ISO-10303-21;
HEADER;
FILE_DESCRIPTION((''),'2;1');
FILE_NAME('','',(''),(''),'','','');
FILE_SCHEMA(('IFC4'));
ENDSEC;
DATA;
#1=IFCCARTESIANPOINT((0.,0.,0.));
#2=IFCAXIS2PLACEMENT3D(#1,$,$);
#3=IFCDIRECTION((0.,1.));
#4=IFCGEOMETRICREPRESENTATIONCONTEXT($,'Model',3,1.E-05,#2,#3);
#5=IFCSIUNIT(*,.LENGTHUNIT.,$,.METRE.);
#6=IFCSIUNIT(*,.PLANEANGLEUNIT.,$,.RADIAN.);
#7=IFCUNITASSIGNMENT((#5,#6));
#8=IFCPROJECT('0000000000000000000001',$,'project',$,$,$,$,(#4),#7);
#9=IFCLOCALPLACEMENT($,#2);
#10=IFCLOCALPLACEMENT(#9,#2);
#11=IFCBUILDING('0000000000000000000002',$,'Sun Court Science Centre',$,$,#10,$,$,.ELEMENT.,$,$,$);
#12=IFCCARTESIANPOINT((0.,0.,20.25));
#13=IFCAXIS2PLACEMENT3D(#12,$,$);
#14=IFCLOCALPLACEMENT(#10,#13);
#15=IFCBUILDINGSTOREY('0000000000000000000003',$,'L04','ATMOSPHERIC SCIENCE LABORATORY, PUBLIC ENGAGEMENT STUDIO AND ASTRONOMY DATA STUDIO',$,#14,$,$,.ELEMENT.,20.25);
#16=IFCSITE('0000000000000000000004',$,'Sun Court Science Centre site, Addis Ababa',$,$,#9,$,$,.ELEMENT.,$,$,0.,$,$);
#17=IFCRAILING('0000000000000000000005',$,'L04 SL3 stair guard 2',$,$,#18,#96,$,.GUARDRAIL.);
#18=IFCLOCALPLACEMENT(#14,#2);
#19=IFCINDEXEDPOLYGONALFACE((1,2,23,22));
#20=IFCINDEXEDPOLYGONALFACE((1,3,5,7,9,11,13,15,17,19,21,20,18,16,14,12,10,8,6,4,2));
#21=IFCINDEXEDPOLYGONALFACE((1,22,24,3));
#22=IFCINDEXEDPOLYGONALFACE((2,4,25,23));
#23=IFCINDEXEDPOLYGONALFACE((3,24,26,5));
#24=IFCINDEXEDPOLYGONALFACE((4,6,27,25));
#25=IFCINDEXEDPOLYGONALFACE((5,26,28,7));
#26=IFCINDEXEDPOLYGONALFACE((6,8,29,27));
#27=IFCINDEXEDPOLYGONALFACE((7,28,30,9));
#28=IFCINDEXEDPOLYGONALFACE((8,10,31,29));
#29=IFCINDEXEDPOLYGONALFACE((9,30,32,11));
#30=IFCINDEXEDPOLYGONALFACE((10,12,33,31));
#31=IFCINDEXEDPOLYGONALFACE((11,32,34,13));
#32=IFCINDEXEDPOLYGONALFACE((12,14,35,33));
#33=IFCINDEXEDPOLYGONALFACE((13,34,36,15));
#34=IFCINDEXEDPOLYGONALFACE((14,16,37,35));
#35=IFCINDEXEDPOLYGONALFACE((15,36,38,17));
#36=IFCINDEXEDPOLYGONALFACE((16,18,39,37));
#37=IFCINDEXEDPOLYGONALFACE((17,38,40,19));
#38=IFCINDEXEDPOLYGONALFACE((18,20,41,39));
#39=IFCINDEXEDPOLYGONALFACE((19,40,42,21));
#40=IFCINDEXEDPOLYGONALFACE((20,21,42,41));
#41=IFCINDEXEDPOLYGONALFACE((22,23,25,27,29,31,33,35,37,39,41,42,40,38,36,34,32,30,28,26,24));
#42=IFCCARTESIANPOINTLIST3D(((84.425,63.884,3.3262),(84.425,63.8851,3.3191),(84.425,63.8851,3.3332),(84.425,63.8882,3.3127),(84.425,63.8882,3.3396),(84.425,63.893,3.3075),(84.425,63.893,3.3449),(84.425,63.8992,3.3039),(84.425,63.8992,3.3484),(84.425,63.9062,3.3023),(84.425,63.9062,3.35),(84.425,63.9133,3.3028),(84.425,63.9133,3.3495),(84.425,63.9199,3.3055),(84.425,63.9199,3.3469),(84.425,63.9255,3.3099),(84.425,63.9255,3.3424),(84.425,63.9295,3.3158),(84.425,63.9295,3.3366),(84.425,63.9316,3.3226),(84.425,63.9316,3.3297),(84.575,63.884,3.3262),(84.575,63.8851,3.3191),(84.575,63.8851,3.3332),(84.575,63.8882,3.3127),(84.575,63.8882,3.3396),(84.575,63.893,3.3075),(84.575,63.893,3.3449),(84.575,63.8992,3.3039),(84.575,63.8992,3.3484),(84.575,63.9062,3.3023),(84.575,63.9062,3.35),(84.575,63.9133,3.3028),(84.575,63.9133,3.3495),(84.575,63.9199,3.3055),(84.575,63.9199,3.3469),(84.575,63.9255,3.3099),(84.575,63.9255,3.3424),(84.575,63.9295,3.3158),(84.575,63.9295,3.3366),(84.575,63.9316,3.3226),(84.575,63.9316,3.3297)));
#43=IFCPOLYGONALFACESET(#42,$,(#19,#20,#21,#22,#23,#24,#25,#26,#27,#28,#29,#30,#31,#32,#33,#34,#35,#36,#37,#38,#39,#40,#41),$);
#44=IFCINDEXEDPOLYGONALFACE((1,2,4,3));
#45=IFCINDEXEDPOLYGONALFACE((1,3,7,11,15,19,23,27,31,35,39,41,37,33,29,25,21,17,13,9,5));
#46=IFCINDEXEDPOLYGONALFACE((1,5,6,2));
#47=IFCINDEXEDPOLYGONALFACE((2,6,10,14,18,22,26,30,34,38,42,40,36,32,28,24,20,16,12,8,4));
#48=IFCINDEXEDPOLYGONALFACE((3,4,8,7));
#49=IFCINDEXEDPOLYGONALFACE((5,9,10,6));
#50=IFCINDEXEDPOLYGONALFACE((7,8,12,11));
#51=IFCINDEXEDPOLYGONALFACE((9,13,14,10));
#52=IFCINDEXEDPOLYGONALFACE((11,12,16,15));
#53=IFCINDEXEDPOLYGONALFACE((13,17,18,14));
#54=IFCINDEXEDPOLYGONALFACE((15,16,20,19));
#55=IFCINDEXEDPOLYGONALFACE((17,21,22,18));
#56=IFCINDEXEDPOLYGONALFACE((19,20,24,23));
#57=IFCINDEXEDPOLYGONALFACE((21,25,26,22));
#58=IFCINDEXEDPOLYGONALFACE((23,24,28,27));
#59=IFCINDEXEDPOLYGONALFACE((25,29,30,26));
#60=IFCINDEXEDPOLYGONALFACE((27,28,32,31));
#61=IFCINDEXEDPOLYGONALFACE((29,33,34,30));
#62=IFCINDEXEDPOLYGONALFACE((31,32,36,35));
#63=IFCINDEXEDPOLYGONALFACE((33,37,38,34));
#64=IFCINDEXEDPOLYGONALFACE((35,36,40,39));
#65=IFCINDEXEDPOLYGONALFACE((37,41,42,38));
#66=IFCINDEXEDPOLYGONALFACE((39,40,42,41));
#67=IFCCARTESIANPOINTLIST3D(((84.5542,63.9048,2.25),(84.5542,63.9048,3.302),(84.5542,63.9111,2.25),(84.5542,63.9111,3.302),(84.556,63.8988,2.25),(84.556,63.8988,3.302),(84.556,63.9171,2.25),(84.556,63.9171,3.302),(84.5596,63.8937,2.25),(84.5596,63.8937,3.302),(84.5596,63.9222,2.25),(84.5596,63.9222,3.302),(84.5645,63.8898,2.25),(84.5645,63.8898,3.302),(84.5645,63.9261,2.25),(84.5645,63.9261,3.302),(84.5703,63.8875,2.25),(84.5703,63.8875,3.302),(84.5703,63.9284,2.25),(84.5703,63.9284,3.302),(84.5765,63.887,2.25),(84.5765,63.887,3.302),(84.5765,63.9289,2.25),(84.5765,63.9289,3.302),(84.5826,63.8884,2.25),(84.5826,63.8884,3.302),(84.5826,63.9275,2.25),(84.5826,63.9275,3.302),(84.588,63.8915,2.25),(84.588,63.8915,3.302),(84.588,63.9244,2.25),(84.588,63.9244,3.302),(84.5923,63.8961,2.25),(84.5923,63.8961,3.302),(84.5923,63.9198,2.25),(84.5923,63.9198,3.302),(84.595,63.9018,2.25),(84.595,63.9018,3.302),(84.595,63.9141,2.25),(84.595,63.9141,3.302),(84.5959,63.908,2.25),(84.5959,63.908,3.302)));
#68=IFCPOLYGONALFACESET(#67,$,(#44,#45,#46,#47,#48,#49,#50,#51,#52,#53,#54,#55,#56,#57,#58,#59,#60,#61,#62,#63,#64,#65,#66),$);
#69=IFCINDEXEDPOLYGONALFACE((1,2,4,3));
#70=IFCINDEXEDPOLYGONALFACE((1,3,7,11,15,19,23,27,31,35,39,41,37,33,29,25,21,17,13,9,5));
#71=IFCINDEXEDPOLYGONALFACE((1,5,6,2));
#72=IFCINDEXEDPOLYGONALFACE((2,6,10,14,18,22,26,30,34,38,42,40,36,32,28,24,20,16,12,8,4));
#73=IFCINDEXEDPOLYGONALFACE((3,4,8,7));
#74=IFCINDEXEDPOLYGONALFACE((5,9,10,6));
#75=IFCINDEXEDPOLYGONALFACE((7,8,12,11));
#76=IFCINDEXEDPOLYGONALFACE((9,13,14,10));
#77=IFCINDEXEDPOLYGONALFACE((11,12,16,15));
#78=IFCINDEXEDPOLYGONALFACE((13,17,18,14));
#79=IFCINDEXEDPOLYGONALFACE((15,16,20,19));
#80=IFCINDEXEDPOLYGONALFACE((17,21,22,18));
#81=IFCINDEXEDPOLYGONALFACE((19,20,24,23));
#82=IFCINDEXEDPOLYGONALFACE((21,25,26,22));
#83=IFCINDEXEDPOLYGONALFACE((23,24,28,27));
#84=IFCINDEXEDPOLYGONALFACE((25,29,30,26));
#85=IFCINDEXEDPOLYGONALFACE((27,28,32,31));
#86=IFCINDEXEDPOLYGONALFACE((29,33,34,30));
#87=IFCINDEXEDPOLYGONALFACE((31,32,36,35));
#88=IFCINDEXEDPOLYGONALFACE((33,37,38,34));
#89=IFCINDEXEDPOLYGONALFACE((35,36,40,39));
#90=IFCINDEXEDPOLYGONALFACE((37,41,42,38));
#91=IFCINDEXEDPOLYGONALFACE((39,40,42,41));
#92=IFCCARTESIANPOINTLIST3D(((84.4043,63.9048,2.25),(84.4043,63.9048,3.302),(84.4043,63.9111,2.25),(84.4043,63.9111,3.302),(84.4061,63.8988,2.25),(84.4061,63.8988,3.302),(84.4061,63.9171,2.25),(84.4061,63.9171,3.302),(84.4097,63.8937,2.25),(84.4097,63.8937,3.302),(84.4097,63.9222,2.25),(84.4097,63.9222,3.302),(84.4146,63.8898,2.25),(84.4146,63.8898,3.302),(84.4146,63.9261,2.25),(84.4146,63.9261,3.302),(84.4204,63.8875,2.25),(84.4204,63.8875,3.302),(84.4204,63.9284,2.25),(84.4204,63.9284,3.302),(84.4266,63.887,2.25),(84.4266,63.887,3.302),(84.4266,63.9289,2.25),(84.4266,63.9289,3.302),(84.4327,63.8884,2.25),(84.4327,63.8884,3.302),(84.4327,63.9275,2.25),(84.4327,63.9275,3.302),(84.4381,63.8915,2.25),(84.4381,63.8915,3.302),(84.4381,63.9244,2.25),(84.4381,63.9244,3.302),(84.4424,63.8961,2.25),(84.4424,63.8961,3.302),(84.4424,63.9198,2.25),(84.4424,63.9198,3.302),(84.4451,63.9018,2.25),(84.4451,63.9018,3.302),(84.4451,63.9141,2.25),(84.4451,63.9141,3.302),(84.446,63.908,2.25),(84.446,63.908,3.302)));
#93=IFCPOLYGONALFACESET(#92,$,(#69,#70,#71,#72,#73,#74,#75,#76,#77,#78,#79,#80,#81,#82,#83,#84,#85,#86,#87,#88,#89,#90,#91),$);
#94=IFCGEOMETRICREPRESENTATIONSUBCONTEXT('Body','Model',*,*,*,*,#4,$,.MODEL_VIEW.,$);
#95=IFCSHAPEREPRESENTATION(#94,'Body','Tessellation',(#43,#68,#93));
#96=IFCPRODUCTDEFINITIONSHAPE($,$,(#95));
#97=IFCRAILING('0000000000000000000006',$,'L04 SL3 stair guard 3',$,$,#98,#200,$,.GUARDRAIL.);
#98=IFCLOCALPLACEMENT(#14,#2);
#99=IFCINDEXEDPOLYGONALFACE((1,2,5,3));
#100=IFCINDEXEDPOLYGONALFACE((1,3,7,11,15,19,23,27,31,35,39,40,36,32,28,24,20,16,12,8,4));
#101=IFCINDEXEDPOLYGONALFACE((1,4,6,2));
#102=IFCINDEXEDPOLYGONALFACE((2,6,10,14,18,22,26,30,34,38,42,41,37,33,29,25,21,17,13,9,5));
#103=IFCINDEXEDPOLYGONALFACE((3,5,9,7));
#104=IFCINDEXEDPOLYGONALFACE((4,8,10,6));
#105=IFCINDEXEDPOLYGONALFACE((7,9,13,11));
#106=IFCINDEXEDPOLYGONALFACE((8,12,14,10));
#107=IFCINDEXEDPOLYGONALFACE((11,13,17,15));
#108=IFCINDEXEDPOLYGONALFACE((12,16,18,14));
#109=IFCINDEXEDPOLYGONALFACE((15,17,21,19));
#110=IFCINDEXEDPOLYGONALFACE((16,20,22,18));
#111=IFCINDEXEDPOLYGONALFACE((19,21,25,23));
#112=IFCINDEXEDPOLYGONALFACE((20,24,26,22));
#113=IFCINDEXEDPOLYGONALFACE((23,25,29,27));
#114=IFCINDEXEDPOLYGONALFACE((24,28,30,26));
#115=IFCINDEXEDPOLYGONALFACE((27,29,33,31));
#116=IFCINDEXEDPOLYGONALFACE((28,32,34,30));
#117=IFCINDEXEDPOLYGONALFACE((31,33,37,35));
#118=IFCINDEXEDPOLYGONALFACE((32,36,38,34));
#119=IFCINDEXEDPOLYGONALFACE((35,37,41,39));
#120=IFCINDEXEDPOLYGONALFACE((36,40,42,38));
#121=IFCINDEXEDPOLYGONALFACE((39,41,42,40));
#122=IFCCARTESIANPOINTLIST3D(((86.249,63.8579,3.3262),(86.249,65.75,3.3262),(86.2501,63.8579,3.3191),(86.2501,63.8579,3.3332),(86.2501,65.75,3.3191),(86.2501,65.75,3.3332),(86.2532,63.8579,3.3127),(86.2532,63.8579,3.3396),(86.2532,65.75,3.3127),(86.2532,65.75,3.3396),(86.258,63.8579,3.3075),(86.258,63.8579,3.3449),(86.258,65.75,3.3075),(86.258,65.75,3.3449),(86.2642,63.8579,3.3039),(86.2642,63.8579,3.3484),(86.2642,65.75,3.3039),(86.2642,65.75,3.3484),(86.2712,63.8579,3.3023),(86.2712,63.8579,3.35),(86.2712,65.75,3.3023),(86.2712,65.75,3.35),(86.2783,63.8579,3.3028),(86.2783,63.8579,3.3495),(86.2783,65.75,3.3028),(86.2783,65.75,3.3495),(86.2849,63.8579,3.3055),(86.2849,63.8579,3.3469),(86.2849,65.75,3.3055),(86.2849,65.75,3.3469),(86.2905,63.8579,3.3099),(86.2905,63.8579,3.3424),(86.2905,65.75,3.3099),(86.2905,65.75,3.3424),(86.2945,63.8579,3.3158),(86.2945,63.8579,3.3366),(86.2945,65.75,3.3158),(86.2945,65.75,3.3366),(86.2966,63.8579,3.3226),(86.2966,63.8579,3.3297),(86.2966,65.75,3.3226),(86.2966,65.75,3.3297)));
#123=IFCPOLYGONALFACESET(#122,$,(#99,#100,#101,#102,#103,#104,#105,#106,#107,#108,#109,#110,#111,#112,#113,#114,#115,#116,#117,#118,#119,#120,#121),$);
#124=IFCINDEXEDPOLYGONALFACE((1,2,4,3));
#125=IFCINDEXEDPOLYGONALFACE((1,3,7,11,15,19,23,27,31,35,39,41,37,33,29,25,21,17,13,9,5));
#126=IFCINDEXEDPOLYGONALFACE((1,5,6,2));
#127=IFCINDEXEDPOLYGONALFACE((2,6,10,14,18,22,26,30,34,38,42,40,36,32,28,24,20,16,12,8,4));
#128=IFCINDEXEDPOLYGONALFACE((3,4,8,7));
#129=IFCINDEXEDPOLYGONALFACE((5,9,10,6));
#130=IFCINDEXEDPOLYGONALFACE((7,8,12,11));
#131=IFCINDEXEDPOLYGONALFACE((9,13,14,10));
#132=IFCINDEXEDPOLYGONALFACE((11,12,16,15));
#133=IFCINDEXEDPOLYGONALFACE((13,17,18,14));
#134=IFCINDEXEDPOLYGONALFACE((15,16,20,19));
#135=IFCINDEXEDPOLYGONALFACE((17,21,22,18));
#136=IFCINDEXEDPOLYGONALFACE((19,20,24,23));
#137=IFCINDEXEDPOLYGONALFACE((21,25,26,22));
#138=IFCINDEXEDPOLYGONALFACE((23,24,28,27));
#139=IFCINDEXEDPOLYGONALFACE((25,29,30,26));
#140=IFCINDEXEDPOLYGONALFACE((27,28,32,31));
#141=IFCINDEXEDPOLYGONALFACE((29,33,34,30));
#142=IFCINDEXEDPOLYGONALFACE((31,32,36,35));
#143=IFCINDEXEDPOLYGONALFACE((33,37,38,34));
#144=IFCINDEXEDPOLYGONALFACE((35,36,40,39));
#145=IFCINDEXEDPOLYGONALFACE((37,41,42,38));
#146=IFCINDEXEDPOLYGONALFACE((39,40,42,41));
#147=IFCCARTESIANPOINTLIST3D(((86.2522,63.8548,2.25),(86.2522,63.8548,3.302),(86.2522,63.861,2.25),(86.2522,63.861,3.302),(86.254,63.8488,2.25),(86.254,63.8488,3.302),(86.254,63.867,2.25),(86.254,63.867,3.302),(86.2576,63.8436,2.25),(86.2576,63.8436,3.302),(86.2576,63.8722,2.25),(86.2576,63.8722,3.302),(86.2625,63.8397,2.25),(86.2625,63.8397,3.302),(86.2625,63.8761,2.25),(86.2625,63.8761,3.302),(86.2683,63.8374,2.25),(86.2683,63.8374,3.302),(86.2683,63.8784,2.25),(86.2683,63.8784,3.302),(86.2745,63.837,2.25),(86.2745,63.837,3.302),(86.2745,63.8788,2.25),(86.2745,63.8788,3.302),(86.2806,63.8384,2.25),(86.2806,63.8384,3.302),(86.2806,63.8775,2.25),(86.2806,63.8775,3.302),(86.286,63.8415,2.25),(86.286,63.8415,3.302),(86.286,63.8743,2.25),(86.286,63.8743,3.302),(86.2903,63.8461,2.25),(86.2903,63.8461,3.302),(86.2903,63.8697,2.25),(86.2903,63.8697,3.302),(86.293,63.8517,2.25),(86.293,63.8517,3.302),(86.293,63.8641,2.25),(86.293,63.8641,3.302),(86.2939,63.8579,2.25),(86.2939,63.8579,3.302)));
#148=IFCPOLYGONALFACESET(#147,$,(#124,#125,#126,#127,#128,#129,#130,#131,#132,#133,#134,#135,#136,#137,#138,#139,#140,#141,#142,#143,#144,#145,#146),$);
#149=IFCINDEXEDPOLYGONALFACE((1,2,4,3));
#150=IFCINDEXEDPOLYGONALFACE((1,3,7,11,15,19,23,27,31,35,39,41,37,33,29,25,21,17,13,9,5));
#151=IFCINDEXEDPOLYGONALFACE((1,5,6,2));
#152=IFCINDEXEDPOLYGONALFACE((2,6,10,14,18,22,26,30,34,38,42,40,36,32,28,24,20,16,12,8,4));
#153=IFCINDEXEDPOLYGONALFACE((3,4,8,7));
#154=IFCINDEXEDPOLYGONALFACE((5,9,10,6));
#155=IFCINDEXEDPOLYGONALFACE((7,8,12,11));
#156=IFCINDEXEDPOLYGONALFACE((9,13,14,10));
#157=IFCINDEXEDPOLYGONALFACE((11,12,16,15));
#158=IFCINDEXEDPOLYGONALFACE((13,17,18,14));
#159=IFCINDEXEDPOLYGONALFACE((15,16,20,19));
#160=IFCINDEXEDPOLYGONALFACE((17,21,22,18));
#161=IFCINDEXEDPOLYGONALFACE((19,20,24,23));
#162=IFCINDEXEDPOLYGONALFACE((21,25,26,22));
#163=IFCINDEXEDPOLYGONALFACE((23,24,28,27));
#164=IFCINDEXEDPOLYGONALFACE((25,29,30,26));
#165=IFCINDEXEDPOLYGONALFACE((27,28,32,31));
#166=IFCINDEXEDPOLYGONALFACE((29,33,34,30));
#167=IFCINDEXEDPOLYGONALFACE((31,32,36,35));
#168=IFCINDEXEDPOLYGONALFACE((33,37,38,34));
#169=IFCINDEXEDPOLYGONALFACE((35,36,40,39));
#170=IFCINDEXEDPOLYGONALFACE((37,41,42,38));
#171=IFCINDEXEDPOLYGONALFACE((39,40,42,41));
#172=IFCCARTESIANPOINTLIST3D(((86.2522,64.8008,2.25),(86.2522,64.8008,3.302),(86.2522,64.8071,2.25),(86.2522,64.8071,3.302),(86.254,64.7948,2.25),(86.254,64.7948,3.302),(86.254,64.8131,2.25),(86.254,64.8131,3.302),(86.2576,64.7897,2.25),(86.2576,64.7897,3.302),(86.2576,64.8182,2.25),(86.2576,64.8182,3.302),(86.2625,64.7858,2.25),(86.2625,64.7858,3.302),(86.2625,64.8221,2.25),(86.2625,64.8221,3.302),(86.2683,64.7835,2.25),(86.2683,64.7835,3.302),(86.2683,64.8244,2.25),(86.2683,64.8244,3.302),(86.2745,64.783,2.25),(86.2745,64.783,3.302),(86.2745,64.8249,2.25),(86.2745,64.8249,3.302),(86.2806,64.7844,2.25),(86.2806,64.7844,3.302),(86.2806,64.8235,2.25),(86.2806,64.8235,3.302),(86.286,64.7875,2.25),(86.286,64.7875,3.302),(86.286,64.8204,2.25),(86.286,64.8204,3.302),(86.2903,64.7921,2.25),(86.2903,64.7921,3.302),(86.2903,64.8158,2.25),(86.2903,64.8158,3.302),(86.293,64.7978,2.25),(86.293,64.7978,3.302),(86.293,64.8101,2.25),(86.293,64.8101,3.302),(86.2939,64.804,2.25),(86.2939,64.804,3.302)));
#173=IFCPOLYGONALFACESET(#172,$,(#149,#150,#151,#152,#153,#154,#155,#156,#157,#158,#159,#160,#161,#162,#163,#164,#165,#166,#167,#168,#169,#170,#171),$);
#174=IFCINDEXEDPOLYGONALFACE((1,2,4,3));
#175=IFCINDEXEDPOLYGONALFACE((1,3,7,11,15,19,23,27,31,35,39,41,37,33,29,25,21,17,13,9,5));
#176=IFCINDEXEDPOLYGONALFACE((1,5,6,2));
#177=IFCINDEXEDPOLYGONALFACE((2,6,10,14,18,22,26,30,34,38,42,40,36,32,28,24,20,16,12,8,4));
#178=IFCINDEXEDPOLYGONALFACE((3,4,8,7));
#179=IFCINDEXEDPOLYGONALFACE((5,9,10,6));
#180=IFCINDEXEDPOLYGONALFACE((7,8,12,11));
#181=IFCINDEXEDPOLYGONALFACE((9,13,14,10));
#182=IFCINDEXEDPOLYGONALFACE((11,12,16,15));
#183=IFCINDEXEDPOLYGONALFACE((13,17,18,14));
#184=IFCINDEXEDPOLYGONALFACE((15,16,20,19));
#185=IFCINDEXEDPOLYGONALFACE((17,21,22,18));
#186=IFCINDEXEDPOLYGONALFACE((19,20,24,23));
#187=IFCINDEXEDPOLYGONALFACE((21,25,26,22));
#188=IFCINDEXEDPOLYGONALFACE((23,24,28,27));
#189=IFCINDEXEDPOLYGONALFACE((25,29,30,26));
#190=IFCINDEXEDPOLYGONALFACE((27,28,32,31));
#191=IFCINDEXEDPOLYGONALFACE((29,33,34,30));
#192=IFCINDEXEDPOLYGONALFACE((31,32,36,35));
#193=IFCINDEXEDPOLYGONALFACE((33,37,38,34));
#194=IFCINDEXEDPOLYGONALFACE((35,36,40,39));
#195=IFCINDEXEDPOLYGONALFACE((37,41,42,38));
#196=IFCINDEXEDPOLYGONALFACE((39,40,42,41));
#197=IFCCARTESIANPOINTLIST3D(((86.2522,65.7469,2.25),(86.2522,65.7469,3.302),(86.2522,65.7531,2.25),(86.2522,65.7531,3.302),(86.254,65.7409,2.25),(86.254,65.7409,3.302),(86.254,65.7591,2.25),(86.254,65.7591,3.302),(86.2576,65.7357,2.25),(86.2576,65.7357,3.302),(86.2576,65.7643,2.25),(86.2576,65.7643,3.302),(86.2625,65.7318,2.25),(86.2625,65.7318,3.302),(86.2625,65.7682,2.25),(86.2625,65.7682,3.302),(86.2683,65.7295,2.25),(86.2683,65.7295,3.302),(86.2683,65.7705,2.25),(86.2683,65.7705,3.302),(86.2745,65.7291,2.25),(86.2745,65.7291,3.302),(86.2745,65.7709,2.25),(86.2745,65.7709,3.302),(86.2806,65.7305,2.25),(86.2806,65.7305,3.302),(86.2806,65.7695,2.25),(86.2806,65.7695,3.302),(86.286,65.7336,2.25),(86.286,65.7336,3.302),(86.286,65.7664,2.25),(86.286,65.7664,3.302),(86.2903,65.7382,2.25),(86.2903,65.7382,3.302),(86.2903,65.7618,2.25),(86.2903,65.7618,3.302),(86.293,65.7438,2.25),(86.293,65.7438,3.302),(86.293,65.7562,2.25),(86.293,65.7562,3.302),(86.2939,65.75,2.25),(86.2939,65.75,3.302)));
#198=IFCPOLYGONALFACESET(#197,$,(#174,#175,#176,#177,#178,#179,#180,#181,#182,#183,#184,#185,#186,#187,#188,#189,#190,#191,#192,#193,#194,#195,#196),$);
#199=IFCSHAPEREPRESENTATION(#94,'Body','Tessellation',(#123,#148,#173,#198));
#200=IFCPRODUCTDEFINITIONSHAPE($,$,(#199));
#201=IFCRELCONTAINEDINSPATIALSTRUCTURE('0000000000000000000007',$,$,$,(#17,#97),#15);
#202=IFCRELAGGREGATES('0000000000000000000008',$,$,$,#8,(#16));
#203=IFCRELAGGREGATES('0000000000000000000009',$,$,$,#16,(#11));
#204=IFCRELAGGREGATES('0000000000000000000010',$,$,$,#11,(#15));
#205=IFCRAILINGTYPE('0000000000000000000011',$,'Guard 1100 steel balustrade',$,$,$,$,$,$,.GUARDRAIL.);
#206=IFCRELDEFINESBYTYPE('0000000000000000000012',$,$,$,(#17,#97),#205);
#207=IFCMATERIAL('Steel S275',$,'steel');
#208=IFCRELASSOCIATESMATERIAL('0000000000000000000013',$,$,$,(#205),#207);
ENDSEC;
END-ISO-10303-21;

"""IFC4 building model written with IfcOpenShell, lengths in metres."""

from ifc_helpers import new_model, si_unit, direction, frame, origin, origin_2d, place, context, subcontext, project, spatial, circle, extrude, material, type_object, element, save


model = new_model("IFC4")

# Units and contexts
model_context = context("Model", 3, precision=1e-05, world=origin(), true_north=direction((0.0, 1.0)))
body_context = subcontext(model_context, "Body", "Model", "MODEL_VIEW")
ifc_project = project(units=[si_unit("LENGTHUNIT", "METRE"), si_unit("PLANEANGLEUNIT", "RADIAN")], contexts=[model_context])

# Site, building, storey
site_placement = place(None, origin())
site = spatial("IfcSite", under=ifc_project, at=site_placement, Name="Sun Court Science Centre site, Addis Ababa", CompositionType="ELEMENT", RefElevation=0.0)
building_placement = place(site_placement, origin())
building = spatial("IfcBuilding", under=site, at=building_placement, Name="Sun Court Science Centre", CompositionType="ELEMENT")
storey_placement = place(building_placement, frame((0.0, 0.0, 20.25)))
storey = spatial("IfcBuildingStorey", under=building, at=storey_placement, Name="L04", Description="ATMOSPHERIC SCIENCE LABORATORY, PUBLIC ENGAGEMENT STUDIO AND ASTRONOMY DATA STUDIO", CompositionType="ELEMENT", Elevation=20.25)

# Railings
ifc_material_1 = material(Name="Steel S275", Category="steel")
railing_type = type_object("IfcRailingType", Name="Guard 1100 steel balustrade", PredefinedType="GUARDRAIL", material=ifc_material_1)
railing_1_placement = place(storey_placement, frame((84.575, 63.908, 2.25)))
element("IfcRailing", 1, at=railing_1_placement, inside=storey, type_object=railing_type, Name="L04 SL3 stair guard 2", PredefinedType="GUARDRAIL", context=body_context, shape_type="SweptSolid", body=[
    extrude(circle(Radius=0.0239, at=origin_2d()), frame((0.0, 0.0, 1.0762), z_axis=(-1.0, 0.0, 0.0), x_axis=(0.0, -1.0, 0.0)), (0.0, 0.0, 1.0), 0.1499),
    extrude(circle(Radius=0.021, at=origin_2d()), origin(), (0.0, 0.0, 1.0), 1.052),
    extrude(circle(Radius=0.021, at=origin_2d()), frame((-0.1499, 0.0, 0.0)), (0.0, 0.0, 1.0), 1.052),
])
railing_2_placement = place(storey_placement, frame((86.2729, 63.8579, 2.25)))
element("IfcRailing", 2, at=railing_2_placement, inside=storey, type_object=railing_type, Name="L04 SL3 stair guard 3", PredefinedType="GUARDRAIL", context=body_context, shape_type="SweptSolid", body=[
    extrude(circle(Radius=0.0239, at=origin_2d()), frame((0.0, 0.0, 1.0762), z_axis=(0.0, 1.0, 0.0), x_axis=(-1.0, 0.0, 0.0)), (0.0, 0.0, 1.0), 1.8921),
    extrude(circle(Radius=0.021, at=origin_2d()), origin(), (0.0, 0.0, 1.0), 1.052),
    extrude(circle(Radius=0.021, at=origin_2d()), frame((0.0, 0.946, 0.0)), (0.0, 0.0, 1.0), 1.052),
    extrude(circle(Radius=0.021, at=origin_2d()), frame((0.0, 1.8921, 0.0)), (0.0, 0.0, 1.0), 1.052),
])

save(model, "model.ifc")
